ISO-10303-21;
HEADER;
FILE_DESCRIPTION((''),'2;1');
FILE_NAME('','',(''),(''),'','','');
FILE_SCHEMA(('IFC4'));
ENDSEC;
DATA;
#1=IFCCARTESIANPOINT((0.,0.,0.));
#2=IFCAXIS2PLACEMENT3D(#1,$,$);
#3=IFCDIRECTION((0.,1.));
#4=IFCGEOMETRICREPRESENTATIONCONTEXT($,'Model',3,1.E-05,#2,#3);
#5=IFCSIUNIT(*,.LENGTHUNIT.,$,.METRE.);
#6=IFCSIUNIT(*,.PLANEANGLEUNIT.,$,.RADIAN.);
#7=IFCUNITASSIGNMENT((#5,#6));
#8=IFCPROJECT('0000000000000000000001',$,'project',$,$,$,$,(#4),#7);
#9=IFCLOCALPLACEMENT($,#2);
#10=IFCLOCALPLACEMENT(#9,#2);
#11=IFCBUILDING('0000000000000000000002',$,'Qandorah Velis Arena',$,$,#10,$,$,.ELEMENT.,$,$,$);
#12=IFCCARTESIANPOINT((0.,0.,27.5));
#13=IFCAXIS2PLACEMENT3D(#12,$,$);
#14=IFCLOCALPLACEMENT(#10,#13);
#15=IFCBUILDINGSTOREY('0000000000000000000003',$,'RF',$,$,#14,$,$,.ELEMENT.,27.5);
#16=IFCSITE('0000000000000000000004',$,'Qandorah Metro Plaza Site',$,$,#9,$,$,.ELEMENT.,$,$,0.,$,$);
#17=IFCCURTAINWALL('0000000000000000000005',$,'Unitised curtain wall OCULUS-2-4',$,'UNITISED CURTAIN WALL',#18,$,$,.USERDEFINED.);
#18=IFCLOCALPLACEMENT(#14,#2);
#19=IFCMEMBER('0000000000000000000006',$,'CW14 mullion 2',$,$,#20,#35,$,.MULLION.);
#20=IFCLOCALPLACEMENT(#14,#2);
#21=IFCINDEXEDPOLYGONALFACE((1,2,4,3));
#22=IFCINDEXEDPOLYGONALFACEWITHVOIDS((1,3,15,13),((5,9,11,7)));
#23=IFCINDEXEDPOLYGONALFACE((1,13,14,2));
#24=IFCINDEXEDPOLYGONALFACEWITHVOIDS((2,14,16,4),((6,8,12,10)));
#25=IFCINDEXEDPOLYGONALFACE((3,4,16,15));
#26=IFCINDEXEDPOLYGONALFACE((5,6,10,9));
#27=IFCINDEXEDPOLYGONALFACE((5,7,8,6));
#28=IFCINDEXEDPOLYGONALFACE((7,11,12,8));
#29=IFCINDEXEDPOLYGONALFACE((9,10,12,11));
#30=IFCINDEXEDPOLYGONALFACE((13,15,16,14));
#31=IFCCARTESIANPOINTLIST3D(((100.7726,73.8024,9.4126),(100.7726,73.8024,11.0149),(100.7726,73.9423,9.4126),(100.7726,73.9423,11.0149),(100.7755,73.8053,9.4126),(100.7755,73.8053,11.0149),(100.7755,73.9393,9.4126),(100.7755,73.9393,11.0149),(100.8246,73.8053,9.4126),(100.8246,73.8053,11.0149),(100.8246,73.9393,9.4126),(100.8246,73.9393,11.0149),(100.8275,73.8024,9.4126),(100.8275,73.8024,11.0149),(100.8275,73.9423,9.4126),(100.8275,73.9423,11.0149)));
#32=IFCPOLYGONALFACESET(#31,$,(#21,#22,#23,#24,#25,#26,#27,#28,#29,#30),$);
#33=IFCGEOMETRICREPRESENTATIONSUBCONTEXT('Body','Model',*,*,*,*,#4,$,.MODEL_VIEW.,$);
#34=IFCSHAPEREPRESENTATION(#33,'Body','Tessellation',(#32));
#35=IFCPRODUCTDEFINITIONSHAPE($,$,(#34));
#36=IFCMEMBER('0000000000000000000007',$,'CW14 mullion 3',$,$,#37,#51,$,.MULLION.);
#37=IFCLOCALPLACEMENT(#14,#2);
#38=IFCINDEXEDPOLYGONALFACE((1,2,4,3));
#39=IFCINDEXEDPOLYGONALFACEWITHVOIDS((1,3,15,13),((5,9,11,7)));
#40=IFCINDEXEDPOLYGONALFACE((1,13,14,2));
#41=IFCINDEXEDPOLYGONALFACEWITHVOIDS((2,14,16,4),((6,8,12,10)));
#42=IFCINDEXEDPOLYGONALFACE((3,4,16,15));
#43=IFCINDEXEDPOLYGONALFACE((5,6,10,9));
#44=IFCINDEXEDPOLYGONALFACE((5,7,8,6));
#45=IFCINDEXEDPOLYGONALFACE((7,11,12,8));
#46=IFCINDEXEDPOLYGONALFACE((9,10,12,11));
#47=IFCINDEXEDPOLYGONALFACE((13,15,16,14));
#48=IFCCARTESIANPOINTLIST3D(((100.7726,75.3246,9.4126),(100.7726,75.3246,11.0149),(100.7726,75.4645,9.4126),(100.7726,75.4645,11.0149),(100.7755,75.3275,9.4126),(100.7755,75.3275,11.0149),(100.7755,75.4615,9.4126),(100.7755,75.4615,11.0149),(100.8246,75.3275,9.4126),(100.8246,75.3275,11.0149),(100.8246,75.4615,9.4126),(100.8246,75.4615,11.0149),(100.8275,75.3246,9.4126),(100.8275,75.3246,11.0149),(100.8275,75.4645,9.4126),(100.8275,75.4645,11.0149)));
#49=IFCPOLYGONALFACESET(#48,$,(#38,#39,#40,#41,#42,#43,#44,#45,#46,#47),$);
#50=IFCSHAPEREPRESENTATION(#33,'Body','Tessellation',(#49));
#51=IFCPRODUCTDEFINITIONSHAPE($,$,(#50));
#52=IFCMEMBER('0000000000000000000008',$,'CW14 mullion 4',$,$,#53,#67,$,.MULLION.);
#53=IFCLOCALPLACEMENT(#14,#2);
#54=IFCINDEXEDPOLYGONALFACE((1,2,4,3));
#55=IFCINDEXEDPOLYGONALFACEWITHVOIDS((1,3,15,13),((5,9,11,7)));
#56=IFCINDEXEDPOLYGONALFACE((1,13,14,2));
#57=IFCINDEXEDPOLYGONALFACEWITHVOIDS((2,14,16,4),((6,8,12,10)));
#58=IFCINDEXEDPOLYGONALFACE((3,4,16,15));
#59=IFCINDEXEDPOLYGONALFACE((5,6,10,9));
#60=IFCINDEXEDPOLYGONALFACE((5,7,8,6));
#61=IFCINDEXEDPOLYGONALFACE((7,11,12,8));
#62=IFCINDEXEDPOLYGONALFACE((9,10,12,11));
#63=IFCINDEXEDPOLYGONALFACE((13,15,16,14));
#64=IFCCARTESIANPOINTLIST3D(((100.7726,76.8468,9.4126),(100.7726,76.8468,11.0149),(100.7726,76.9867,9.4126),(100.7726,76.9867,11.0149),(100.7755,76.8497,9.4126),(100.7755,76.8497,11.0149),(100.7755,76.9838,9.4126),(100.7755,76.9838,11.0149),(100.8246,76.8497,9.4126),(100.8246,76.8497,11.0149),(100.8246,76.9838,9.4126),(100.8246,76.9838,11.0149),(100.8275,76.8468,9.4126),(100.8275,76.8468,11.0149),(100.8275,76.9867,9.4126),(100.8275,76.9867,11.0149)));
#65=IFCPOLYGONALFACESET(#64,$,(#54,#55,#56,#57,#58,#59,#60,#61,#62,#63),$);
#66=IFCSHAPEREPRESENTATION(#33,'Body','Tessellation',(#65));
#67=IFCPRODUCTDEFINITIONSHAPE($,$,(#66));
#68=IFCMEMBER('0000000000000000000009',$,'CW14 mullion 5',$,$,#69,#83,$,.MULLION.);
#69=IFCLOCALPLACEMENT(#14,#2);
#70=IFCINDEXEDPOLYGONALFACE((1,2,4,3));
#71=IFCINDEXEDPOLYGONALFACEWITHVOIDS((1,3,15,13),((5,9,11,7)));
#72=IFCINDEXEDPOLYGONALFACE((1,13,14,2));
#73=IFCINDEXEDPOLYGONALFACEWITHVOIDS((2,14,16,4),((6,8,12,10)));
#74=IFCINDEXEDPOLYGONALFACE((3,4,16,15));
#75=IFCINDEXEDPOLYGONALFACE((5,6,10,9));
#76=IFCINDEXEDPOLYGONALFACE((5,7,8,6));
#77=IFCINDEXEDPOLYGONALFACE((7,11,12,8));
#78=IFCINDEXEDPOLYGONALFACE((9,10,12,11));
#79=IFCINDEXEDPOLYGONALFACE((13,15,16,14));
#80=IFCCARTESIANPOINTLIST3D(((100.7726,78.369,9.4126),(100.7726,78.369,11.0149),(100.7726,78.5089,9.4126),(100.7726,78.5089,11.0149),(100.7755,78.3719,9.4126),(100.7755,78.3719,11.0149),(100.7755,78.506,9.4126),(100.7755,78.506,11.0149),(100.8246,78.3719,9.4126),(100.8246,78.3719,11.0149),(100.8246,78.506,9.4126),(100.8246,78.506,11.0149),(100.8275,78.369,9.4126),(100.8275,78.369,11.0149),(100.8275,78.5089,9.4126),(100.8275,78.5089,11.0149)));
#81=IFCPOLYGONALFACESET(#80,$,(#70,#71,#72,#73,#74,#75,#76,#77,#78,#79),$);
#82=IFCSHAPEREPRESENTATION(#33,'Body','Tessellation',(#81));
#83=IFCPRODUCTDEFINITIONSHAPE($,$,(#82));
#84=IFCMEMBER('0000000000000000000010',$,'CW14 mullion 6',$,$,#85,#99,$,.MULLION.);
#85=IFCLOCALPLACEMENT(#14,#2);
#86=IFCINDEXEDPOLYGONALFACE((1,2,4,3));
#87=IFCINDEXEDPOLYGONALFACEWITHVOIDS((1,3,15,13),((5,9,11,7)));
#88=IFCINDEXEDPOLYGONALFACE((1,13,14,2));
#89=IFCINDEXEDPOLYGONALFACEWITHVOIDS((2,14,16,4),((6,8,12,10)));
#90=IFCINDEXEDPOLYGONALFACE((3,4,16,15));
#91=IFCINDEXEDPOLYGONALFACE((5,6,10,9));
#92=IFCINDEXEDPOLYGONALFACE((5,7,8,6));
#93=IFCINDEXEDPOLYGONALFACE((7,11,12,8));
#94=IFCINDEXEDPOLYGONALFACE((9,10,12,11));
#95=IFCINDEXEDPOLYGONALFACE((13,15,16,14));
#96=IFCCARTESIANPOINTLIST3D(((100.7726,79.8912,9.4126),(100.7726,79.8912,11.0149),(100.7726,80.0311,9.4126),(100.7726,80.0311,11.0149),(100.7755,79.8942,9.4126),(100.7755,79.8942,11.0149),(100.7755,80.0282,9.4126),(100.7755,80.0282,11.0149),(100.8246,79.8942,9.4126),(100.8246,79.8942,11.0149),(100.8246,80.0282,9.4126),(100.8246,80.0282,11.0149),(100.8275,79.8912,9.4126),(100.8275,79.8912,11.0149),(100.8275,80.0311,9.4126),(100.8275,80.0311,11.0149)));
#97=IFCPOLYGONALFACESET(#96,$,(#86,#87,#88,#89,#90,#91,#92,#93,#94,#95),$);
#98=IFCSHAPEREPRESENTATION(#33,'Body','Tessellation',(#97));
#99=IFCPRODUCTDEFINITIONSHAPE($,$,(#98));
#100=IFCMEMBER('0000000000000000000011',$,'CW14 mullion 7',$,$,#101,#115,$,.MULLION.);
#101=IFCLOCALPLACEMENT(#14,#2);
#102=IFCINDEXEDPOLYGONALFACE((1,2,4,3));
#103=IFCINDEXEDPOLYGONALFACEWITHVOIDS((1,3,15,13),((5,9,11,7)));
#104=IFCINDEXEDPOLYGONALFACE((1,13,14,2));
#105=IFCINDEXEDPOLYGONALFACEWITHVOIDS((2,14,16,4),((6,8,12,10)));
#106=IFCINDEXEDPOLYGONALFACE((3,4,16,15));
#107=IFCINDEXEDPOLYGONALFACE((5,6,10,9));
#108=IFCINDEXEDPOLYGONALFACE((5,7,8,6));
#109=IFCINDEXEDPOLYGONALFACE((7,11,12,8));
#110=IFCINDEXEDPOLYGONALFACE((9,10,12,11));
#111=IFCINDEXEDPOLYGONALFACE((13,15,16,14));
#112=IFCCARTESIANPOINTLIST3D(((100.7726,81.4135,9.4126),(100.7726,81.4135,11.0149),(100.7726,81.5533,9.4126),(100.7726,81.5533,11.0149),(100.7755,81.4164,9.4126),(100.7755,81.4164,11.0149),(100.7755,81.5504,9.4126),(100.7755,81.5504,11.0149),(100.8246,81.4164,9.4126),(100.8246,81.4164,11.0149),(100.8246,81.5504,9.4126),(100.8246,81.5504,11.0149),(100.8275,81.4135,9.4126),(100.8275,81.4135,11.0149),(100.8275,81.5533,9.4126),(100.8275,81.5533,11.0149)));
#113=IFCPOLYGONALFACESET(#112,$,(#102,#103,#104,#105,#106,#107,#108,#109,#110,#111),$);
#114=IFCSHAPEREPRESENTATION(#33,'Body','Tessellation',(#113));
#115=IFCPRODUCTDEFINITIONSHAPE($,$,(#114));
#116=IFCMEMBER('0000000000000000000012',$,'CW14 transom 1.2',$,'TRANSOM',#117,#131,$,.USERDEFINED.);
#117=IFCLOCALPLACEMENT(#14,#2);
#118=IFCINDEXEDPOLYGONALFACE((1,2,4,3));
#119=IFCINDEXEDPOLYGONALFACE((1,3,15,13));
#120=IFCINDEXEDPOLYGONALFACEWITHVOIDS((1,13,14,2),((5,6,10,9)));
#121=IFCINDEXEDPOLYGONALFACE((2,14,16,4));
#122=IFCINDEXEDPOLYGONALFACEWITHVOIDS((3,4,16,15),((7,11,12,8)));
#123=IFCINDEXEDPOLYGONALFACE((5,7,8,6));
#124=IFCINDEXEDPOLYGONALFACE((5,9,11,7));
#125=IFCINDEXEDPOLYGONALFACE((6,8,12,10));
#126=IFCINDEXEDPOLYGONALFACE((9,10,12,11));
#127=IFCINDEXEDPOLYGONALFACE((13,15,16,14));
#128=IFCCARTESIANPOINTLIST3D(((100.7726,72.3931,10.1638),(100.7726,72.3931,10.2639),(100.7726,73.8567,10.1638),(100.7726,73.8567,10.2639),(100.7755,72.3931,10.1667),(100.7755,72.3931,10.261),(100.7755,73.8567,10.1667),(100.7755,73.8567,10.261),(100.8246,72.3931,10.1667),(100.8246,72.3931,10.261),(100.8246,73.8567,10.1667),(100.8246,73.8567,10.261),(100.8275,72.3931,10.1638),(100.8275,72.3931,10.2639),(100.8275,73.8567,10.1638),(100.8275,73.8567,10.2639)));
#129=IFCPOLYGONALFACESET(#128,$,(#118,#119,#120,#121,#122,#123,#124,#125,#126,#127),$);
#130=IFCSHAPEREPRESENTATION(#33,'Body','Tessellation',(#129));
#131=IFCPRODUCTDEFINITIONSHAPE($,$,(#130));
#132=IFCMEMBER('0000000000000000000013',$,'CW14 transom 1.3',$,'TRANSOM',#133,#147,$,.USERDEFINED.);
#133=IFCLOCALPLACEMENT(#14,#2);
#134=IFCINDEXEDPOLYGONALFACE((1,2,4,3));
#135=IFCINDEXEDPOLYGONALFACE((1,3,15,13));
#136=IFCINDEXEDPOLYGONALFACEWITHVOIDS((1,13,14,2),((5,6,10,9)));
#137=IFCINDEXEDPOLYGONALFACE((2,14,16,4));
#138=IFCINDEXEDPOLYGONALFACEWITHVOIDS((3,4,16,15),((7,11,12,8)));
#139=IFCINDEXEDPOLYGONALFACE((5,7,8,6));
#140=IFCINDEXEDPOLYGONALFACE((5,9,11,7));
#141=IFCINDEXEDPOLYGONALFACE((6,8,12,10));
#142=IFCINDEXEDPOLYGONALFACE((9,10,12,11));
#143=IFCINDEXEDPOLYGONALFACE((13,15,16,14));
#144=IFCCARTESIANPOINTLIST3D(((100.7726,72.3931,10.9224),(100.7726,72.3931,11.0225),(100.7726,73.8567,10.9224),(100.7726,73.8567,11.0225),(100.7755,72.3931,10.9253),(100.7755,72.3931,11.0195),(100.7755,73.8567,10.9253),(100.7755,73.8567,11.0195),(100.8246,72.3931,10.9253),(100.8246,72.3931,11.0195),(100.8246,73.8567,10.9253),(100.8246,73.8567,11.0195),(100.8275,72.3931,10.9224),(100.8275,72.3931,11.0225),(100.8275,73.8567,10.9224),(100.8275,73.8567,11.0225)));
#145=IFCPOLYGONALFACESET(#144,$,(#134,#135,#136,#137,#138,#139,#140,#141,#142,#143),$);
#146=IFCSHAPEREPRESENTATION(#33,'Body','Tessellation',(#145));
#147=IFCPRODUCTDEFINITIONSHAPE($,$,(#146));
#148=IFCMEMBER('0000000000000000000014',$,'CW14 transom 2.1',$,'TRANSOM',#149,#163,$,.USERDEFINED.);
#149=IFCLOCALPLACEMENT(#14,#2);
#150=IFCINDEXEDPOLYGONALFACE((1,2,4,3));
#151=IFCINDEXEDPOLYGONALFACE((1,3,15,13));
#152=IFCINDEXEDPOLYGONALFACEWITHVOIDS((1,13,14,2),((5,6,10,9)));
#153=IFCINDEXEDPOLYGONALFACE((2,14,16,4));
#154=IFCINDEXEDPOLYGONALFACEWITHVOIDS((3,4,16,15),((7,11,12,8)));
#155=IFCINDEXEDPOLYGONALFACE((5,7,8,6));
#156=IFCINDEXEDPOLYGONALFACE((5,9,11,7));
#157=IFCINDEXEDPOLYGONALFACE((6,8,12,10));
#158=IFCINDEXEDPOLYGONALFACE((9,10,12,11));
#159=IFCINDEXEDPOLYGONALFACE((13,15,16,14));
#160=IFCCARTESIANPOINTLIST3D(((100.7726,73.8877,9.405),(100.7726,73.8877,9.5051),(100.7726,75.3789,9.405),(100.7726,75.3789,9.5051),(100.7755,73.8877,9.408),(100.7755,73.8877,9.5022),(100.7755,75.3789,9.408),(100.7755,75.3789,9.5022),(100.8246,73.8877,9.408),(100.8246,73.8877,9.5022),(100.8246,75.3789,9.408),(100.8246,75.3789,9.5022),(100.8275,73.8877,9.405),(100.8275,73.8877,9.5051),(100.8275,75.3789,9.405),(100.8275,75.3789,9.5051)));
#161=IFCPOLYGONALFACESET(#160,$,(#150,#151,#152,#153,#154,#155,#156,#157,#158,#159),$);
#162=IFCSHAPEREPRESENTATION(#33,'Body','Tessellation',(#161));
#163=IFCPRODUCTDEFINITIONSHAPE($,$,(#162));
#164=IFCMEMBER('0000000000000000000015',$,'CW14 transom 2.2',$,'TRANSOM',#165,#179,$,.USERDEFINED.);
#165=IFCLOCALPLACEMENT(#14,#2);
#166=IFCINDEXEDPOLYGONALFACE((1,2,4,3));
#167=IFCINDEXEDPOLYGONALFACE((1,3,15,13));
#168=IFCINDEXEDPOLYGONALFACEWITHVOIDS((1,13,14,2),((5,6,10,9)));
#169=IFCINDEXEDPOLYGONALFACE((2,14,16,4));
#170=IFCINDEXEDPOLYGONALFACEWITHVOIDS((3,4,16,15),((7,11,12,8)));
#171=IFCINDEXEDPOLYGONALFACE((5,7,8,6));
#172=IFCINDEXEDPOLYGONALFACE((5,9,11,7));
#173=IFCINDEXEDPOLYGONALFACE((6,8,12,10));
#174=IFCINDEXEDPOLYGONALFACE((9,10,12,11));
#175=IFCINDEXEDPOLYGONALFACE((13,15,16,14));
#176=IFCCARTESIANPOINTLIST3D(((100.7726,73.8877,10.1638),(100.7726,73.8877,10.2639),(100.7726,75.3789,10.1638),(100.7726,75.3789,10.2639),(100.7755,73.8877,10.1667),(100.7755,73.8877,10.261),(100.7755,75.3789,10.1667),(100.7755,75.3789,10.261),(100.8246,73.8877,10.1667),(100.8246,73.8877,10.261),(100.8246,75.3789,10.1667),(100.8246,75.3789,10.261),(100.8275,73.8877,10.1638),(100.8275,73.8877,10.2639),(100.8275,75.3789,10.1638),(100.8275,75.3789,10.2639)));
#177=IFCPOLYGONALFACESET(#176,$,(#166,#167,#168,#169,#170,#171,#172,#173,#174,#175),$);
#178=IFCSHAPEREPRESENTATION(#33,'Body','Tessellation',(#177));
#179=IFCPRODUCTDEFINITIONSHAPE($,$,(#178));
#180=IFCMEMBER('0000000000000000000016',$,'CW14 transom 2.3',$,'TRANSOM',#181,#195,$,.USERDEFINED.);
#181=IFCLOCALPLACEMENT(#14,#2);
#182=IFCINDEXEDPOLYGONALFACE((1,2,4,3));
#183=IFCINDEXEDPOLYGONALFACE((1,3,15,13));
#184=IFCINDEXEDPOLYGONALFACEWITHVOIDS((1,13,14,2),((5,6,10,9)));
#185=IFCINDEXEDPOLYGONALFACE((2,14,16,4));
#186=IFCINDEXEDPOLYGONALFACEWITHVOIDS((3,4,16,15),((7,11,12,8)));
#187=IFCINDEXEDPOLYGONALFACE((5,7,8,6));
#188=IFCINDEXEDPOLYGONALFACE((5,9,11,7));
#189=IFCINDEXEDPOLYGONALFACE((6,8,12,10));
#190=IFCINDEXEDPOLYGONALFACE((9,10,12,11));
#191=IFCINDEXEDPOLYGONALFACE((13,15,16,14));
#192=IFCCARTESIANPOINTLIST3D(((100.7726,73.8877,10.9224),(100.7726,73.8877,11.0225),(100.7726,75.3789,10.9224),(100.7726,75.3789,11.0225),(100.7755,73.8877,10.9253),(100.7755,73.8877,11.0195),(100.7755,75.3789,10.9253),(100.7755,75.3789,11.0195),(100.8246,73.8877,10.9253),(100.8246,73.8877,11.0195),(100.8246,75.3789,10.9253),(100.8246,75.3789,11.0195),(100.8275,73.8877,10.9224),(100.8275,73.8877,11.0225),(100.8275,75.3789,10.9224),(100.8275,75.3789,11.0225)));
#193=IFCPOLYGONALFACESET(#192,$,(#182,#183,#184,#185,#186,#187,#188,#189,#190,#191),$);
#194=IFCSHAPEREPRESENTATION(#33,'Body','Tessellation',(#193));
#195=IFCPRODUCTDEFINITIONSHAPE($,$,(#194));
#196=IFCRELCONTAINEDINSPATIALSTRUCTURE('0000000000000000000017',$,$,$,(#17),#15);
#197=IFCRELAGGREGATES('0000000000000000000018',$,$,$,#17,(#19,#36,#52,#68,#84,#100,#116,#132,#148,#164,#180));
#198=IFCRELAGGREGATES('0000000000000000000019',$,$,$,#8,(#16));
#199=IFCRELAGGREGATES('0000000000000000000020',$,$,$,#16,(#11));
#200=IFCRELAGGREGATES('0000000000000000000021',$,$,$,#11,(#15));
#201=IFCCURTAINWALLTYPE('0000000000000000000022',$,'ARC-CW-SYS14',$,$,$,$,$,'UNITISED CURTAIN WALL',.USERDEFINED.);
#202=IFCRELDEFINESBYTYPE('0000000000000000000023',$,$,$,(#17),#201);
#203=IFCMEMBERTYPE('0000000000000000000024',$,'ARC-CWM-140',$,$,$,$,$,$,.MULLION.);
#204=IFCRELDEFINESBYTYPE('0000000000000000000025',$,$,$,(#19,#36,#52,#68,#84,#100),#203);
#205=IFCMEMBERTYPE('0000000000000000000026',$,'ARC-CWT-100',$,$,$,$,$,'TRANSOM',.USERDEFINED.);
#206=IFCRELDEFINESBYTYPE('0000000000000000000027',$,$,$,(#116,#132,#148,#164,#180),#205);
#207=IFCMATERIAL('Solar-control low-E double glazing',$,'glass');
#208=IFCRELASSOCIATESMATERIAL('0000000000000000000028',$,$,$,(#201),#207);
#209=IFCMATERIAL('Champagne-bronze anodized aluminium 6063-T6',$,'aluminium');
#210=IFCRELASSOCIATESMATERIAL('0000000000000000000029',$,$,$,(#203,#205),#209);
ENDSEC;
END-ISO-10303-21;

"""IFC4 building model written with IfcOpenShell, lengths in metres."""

from ifc_helpers import new_model, si_unit, direction, frame, origin, origin_2d, place, context, subcontext, project, spatial, hollow_rectangle, extrude, material, material_profile, profile_set, type_object, element, aggregate, save


model = new_model("IFC4")

# Units and contexts
model_context = context("Model", 3, precision=1e-05, world=origin(), true_north=direction((0.0, 1.0)))
body_context = subcontext(model_context, "Body", "Model", "MODEL_VIEW")
ifc_project = project(units=[si_unit("LENGTHUNIT", "METRE"), si_unit("PLANEANGLEUNIT", "RADIAN")], contexts=[model_context])

# Site, building, storey
site_placement = place(None, origin())
site = spatial("IfcSite", under=ifc_project, at=site_placement, Name="Qandorah Metro Plaza Site", CompositionType="ELEMENT", RefElevation=0.0)
building_placement = place(site_placement, origin())
building = spatial("IfcBuilding", under=site, at=building_placement, Name="Qandorah Velis Arena", CompositionType="ELEMENT")
storey_placement = place(building_placement, frame((0.0, 0.0, 27.5)))
storey = spatial("IfcBuildingStorey", under=building, at=storey_placement, Name="RF", CompositionType="ELEMENT", Elevation=27.5)

# Curtain wall, members
ifc_material_1 = material(Name="Solar-control low-E double glazing", Category="glass")
curtain_wall_type = type_object("IfcCurtainWallType", Name="ARC-CW-SYS14", ElementType="UNITISED CURTAIN WALL", PredefinedType="USERDEFINED", material=ifc_material_1)
curtain_wall_placement = place(storey_placement, origin())
curtain_wall = element("IfcCurtainWall", 1, at=curtain_wall_placement, inside=storey, type_object=curtain_wall_type, Name="Unitised curtain wall OCULUS-2-4", ObjectType="UNITISED CURTAIN WALL", PredefinedType="USERDEFINED")
ifc_material_2 = material(Name="Champagne-bronze anodized aluminium 6063-T6", Category="aluminium")
ifc_material_profile_1 = material_profile(ifc_material_2, hollow_rectangle(XDim=0.0549, YDim=0.1399, WallThickness=0.0029, at=origin_2d()), Name="ALU MULLION 55x140")
ifc_profile_set_1 = profile_set([ifc_material_profile_1], Name="Champagne-bronze anodized aluminium 6063-T6")
member_type_1 = type_object("IfcMemberType", Name="ARC-CWM-140", PredefinedType="MULLION", material=ifc_profile_set_1)
member_1_placement = place(storey_placement, frame((100.8, 73.8723, 9.4126), z_axis=(0.0, 0.0, 1.0), x_axis=(-1.0, 0.0, 0.0)))
member_1 = element("IfcMember", 2, at=member_1_placement, type_object=member_type_1, Name="CW14 mullion 2", PredefinedType="MULLION", context=body_context, shape_type="SweptSolid", body=[
    extrude(hollow_rectangle(XDim=0.0549, YDim=0.1399, WallThickness=0.0029, at=origin_2d()), origin(), (0.0, 0.0, 1.0), 1.6023),
])
member_2_placement = place(storey_placement, frame((100.8, 75.3945, 9.4126), z_axis=(0.0, 0.0, 1.0), x_axis=(-1.0, 0.0, 0.0)))
member_2 = element("IfcMember", 3, at=member_2_placement, type_object=member_type_1, Name="CW14 mullion 3", PredefinedType="MULLION", context=body_context, shape_type="SweptSolid", body=[
    extrude(hollow_rectangle(XDim=0.0549, YDim=0.1399, WallThickness=0.0029, at=origin_2d()), origin(), (0.0, 0.0, 1.0), 1.6023),
])
member_3_placement = place(storey_placement, frame((100.8, 76.9167, 9.4126), z_axis=(0.0, 0.0, 1.0), x_axis=(-1.0, 0.0, 0.0)))
member_3 = element("IfcMember", 4, at=member_3_placement, type_object=member_type_1, Name="CW14 mullion 4", PredefinedType="MULLION", context=body_context, shape_type="SweptSolid", body=[
    extrude(hollow_rectangle(XDim=0.0549, YDim=0.1399, WallThickness=0.0029, at=origin_2d()), origin(), (0.0, 0.0, 1.0), 1.6023),
])
member_4_placement = place(storey_placement, frame((100.8, 78.439, 9.4126), z_axis=(0.0, 0.0, 1.0), x_axis=(-1.0, 0.0, 0.0)))
member_4 = element("IfcMember", 5, at=member_4_placement, type_object=member_type_1, Name="CW14 mullion 5", PredefinedType="MULLION", context=body_context, shape_type="SweptSolid", body=[
    extrude(hollow_rectangle(XDim=0.0549, YDim=0.1399, WallThickness=0.0029, at=origin_2d()), origin(), (0.0, 0.0, 1.0), 1.6023),
])
member_5_placement = place(storey_placement, frame((100.8, 79.9612, 9.4126), z_axis=(0.0, 0.0, 1.0), x_axis=(-1.0, 0.0, 0.0)))
member_5 = element("IfcMember", 6, at=member_5_placement, type_object=member_type_1, Name="CW14 mullion 6", PredefinedType="MULLION", context=body_context, shape_type="SweptSolid", body=[
    extrude(hollow_rectangle(XDim=0.0549, YDim=0.1399, WallThickness=0.0029, at=origin_2d()), origin(), (0.0, 0.0, 1.0), 1.6023),
])
member_6_placement = place(storey_placement, frame((100.8, 81.4834, 9.4126), z_axis=(0.0, 0.0, 1.0), x_axis=(-1.0, 0.0, 0.0)))
member_6 = element("IfcMember", 7, at=member_6_placement, type_object=member_type_1, Name="CW14 mullion 7", PredefinedType="MULLION", context=body_context, shape_type="SweptSolid", body=[
    extrude(hollow_rectangle(XDim=0.0549, YDim=0.1399, WallThickness=0.0029, at=origin_2d()), origin(), (0.0, 0.0, 1.0), 1.6023),
])
ifc_material_profile_2 = material_profile(ifc_material_2, hollow_rectangle(XDim=0.0549, YDim=0.1001, WallThickness=0.0029, at=origin_2d()), Name="ALU TRANSOM 55x100")
ifc_profile_set_2 = profile_set([ifc_material_profile_2], Name="Champagne-bronze anodized aluminium 6063-T6")
member_type_2 = type_object("IfcMemberType", Name="ARC-CWT-100", ElementType="TRANSOM", PredefinedType="USERDEFINED", material=ifc_profile_set_2)
member_7_placement = place(storey_placement, frame((100.8, 72.3931, 10.2139), z_axis=(0.0, 1.0, 0.0), x_axis=(-1.0, 0.0, 0.0)))
member_7 = element("IfcMember", 8, at=member_7_placement, type_object=member_type_2, Name="CW14 transom 1.2", ObjectType="TRANSOM", PredefinedType="USERDEFINED", context=body_context, shape_type="SweptSolid", body=[
    extrude(hollow_rectangle(XDim=0.0549, YDim=0.1001, WallThickness=0.0029, at=origin_2d()), origin(), (0.0, 0.0, 1.0), 1.4636),
])
member_8_placement = place(storey_placement, frame((100.8, 72.3931, 10.9724), z_axis=(0.0, 1.0, 0.0), x_axis=(-1.0, 0.0, 0.0)))
member_8 = element("IfcMember", 9, at=member_8_placement, type_object=member_type_2, Name="CW14 transom 1.3", ObjectType="TRANSOM", PredefinedType="USERDEFINED", context=body_context, shape_type="SweptSolid", body=[
    extrude(hollow_rectangle(XDim=0.0549, YDim=0.1001, WallThickness=0.0029, at=origin_2d()), origin(), (0.0, 0.0, 1.0), 1.4636),
])
member_9_placement = place(storey_placement, frame((100.8, 73.8877, 9.4551), z_axis=(0.0, 1.0, 0.0), x_axis=(-1.0, 0.0, 0.0)))
member_9 = element("IfcMember", 10, at=member_9_placement, type_object=member_type_2, Name="CW14 transom 2.1", ObjectType="TRANSOM", PredefinedType="USERDEFINED", context=body_context, shape_type="SweptSolid", body=[
    extrude(hollow_rectangle(XDim=0.0549, YDim=0.1001, WallThickness=0.0029, at=origin_2d()), origin(), (0.0, 0.0, 1.0), 1.4912),
])
member_10_placement = place(storey_placement, frame((100.8, 73.8877, 10.2139), z_axis=(0.0, 1.0, 0.0), x_axis=(-1.0, 0.0, 0.0)))
member_10 = element("IfcMember", 11, at=member_10_placement, type_object=member_type_2, Name="CW14 transom 2.2", ObjectType="TRANSOM", PredefinedType="USERDEFINED", context=body_context, shape_type="SweptSolid", body=[
    extrude(hollow_rectangle(XDim=0.0549, YDim=0.1001, WallThickness=0.0029, at=origin_2d()), origin(), (0.0, 0.0, 1.0), 1.4912),
])
member_11_placement = place(storey_placement, frame((100.8, 73.8877, 10.9724), z_axis=(0.0, 1.0, 0.0), x_axis=(-1.0, 0.0, 0.0)))
member_11 = element("IfcMember", 12, at=member_11_placement, type_object=member_type_2, Name="CW14 transom 2.3", ObjectType="TRANSOM", PredefinedType="USERDEFINED", context=body_context, shape_type="SweptSolid", body=[
    extrude(hollow_rectangle(XDim=0.0549, YDim=0.1001, WallThickness=0.0029, at=origin_2d()), origin(), (0.0, 0.0, 1.0), 1.4912),
])

aggregate(curtain_wall, [member_1, member_2, member_3, member_4, member_5, member_6, member_7, member_8, member_9, member_10, member_11])

save(model, "model.ifc")
